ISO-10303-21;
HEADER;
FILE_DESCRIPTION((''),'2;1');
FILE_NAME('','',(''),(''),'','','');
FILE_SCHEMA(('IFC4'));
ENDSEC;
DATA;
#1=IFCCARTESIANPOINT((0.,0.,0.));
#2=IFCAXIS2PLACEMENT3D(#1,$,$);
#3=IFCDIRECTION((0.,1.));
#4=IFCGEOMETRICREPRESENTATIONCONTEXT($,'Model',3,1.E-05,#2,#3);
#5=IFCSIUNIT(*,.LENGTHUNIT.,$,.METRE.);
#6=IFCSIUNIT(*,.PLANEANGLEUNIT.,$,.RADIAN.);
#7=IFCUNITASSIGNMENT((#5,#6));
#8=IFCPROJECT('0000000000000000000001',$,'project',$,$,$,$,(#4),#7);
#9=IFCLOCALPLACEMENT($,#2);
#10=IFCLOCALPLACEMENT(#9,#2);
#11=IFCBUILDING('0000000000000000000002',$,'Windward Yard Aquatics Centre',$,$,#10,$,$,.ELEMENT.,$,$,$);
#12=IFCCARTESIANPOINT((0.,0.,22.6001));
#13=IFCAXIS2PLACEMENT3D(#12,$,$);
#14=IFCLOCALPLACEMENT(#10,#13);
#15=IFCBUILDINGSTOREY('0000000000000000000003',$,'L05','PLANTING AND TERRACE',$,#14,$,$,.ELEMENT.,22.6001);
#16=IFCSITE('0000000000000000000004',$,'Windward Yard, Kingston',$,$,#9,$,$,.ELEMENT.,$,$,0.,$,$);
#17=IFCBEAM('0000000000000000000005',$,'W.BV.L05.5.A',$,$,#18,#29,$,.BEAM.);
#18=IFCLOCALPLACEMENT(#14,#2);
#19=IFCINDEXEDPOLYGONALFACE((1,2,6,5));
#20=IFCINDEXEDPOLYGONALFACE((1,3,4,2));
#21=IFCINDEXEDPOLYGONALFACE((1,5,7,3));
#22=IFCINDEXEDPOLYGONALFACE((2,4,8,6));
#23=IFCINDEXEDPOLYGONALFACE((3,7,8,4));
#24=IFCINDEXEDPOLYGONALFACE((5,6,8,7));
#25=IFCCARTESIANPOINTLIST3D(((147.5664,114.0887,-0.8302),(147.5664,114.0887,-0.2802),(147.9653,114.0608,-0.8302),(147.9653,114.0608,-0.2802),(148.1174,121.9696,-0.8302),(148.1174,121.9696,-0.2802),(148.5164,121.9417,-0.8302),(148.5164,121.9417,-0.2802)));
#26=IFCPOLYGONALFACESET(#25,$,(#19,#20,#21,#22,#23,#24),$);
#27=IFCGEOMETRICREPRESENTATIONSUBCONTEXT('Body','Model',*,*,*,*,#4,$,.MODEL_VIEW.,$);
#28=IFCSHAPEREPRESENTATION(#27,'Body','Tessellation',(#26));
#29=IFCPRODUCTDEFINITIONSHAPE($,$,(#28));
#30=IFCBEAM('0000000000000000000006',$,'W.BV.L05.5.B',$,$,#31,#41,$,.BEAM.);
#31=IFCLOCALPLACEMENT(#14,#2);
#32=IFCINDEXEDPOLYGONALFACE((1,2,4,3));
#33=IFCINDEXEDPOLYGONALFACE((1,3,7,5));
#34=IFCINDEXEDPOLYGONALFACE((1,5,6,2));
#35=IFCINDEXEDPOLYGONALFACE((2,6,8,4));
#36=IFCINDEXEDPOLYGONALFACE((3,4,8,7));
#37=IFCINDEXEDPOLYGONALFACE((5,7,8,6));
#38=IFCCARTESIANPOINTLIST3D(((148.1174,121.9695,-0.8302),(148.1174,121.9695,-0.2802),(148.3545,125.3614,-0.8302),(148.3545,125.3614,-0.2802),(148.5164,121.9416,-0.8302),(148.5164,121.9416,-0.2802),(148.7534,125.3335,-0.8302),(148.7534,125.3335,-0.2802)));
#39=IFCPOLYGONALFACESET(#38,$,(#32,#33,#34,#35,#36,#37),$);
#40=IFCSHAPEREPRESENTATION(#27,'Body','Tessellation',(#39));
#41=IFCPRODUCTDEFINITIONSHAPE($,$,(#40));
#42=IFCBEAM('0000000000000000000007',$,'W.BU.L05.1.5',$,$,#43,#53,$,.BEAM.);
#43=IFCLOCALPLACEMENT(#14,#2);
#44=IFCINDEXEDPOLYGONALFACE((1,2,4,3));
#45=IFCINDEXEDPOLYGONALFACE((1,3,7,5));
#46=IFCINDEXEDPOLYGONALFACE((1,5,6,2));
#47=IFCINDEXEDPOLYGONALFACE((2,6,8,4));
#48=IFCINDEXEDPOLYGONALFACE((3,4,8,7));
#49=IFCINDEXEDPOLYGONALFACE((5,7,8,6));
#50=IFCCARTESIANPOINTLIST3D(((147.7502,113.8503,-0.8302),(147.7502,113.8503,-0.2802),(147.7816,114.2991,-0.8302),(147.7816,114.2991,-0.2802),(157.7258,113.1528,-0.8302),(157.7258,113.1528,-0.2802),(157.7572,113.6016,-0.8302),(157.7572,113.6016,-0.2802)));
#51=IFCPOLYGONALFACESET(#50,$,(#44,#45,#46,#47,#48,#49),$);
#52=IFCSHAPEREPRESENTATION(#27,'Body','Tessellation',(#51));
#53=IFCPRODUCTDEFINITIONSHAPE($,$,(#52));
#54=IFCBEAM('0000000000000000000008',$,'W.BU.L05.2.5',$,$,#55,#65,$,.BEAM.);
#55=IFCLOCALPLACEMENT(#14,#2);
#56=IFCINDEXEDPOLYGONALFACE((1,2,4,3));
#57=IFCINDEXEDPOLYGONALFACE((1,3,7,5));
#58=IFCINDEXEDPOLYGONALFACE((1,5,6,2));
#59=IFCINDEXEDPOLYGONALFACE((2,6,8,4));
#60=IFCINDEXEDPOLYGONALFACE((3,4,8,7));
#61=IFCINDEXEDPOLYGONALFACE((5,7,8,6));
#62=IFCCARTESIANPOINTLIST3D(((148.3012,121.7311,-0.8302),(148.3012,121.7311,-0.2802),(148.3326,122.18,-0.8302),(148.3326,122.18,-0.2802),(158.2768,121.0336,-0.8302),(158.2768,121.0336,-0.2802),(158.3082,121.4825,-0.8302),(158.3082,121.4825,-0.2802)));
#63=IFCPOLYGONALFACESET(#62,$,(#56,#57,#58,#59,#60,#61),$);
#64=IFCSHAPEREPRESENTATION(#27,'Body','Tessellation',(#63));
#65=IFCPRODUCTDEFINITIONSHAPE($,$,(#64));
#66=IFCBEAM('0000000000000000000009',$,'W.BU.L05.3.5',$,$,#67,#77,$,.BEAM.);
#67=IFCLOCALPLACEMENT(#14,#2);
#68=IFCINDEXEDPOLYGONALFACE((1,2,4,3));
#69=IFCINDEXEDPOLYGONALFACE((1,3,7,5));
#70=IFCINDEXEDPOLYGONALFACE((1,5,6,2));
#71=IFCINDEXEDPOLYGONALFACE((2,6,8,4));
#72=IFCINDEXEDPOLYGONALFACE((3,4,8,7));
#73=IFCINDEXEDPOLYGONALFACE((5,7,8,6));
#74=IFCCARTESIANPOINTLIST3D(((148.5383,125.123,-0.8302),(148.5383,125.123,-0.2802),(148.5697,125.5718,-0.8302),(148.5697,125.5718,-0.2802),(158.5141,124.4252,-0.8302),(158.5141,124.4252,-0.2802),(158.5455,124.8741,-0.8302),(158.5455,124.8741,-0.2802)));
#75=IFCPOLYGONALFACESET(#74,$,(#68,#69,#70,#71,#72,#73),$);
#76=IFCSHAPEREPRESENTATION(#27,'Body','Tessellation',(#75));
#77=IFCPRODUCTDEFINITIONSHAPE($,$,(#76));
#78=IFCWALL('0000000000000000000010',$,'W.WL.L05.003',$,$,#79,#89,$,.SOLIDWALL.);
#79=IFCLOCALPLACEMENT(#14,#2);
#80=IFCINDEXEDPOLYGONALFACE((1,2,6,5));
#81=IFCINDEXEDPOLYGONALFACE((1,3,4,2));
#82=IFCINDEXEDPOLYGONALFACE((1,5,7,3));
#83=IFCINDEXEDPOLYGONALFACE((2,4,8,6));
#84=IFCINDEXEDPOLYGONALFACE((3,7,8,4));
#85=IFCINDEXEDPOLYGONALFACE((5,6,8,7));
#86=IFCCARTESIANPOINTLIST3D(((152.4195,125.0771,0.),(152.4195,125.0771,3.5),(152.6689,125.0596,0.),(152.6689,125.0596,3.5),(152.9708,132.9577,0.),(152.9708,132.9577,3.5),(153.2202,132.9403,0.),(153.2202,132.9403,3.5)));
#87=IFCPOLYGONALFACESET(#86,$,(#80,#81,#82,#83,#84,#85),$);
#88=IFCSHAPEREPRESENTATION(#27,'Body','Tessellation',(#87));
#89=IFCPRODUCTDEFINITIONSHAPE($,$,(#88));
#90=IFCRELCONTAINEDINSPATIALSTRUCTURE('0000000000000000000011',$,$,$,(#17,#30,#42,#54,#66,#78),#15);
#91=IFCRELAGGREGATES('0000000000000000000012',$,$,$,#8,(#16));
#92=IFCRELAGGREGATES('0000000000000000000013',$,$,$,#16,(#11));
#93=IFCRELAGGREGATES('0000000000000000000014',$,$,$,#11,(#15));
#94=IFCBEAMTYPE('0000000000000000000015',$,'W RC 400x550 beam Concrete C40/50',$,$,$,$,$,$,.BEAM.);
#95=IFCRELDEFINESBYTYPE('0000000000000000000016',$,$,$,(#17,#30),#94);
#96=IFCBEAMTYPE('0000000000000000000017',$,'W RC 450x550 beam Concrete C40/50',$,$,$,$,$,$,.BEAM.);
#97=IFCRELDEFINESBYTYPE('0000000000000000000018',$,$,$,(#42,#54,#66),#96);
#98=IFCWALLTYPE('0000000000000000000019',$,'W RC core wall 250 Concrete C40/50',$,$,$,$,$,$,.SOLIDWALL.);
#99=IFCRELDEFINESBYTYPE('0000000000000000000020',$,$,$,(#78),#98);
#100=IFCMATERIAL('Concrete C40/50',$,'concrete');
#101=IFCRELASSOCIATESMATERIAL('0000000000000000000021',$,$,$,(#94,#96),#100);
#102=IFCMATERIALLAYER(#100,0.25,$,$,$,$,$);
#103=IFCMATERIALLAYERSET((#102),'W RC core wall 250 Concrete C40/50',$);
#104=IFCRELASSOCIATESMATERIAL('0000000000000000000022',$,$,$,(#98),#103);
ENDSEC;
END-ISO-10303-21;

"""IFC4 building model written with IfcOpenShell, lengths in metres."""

from ifc_helpers import new_model, si_unit, direction, frame, frame_2d, origin, origin_2d, place, context, subcontext, project, spatial, rectangle, extrude, material, layer, layer_set, material_profile, profile_set, type_object, element, save


model = new_model("IFC4")

# Units and contexts
model_context = context("Model", 3, precision=1e-05, world=origin(), true_north=direction((0.0, 1.0)))
body_context = subcontext(model_context, "Body", "Model", "MODEL_VIEW")
ifc_project = project(units=[si_unit("LENGTHUNIT", "METRE"), si_unit("PLANEANGLEUNIT", "RADIAN")], contexts=[model_context])

# Site, building, storey
site_placement = place(None, origin())
site = spatial("IfcSite", under=ifc_project, at=site_placement, Name="Windward Yard, Kingston", CompositionType="ELEMENT", RefElevation=0.0)
building_placement = place(site_placement, origin())
building = spatial("IfcBuilding", under=site, at=building_placement, Name="Windward Yard Aquatics Centre", CompositionType="ELEMENT")
storey_placement = place(building_placement, frame((0.0, 0.0, 22.6001)))
storey = spatial("IfcBuildingStorey", under=building, at=storey_placement, Name="L05", Description="PLANTING AND TERRACE", CompositionType="ELEMENT", Elevation=22.6001)

# Beams
ifc_material_1 = material(Name="Concrete C40/50", Category="concrete")
ifc_material_profile_1 = material_profile(ifc_material_1, rectangle(XDim=0.3999, YDim=0.55, at=origin_2d()), Name="RC 400x550")
ifc_profile_set_1 = profile_set([ifc_material_profile_1], Name="Concrete C40/50")
beam_type_1 = type_object("IfcBeamType", Name="W RC 400x550 beam Concrete C40/50", PredefinedType="BEAM", material=ifc_profile_set_1)
beam_1_placement = place(storey_placement, frame((147.7659, 114.0747, -0.5552), z_axis=(0.069749, 0.997565, 0.0), x_axis=(-0.997565, 0.069749, 0.0)))
element("IfcBeam", 1, at=beam_1_placement, inside=storey, type_object=beam_type_1, Name="W.BV.L05.5.A", PredefinedType="BEAM", context=body_context, shape_type="SweptSolid", body=[
    extrude(rectangle(XDim=0.3999, YDim=0.55, at=origin_2d()), origin(), (0.0, 0.0, 1.0), 7.9001),
])
beam_2_placement = place(storey_placement, frame((148.3169, 121.9556, -0.5552), z_axis=(0.069721, 0.997567, 0.0), x_axis=(-0.997567, 0.069721, 0.0)))
element("IfcBeam", 2, at=beam_2_placement, inside=storey, type_object=beam_type_1, Name="W.BV.L05.5.B", PredefinedType="BEAM", context=body_context, shape_type="SweptSolid", body=[
    extrude(rectangle(XDim=0.3999, YDim=0.55, at=origin_2d()), origin(), (0.0, 0.0, 1.0), 3.4001),
])
ifc_material_profile_2 = material_profile(ifc_material_1, rectangle(XDim=0.45, YDim=0.55, at=origin_2d()), Name="RC 450x550")
ifc_profile_set_2 = profile_set([ifc_material_profile_2], Name="Concrete C40/50")
beam_type_2 = type_object("IfcBeamType", Name="W RC 450x550 beam Concrete C40/50", PredefinedType="BEAM", material=ifc_profile_set_2)
for number, where, z_axis, x_axis, name in (
    (3, (147.7659, 114.0747, -0.5552), (0.997564, -0.069751, 0.0), (0.069751, 0.997564, 0.0), "W.BU.L05.1.5"),
    (4, (148.3169, 121.9556, -0.5552), (0.997564, -0.069751, 0.0), (0.069751, 0.997564, 0.0), "W.BU.L05.2.5"),
):
    element("IfcBeam", number, at=place(storey_placement, frame(where, z_axis=z_axis, x_axis=x_axis)), inside=storey, type_object=beam_type_2, Name=name, PredefinedType="BEAM", context=body_context, shape_type="SweptSolid", body=[
        extrude(rectangle(XDim=0.45, YDim=0.55, at=origin_2d()), origin(), (0.0, 0.0, 1.0), 10.0),
    ])
beam_3_placement = place(storey_placement, frame((148.554, 125.3474, -0.5552), z_axis=(0.997563, -0.069774, 0.0), x_axis=(0.069774, 0.997563, 0.0)))
element("IfcBeam", 5, at=beam_3_placement, inside=storey, type_object=beam_type_2, Name="W.BU.L05.3.5", PredefinedType="BEAM", context=body_context, shape_type="SweptSolid", body=[
    extrude(rectangle(XDim=0.45, YDim=0.55, at=origin_2d()), origin(), (0.0, 0.0, 1.0), 10.0002),
])

# Wall
ifc_layer_1 = layer(ifc_material_1, 0.25)
ifc_layer_set_1 = layer_set([ifc_layer_1], Name="W RC core wall 250 Concrete C40/50")
wall_type_1 = type_object("IfcWallType", Name="W RC core wall 250 Concrete C40/50", PredefinedType="SOLIDWALL", material=ifc_layer_set_1)
wall_1_placement = place(storey_placement, frame((152.5442, 125.0684, 0.0), z_axis=(0.0, 0.0, 1.0), x_axis=(0.069782, 0.997562, 0.0)))
element("IfcWall", 6, at=wall_1_placement, inside=storey, type_object=wall_type_1, Name="W.WL.L05.003", PredefinedType="SOLIDWALL", context=body_context, shape_type="SweptSolid", body=[
    extrude(rectangle(XDim=7.8999, YDim=0.25, at=frame_2d((3.95, 0.0))), origin(), (0.0, 0.0, 1.0), 3.5),
])

save(model, "model.ifc")
